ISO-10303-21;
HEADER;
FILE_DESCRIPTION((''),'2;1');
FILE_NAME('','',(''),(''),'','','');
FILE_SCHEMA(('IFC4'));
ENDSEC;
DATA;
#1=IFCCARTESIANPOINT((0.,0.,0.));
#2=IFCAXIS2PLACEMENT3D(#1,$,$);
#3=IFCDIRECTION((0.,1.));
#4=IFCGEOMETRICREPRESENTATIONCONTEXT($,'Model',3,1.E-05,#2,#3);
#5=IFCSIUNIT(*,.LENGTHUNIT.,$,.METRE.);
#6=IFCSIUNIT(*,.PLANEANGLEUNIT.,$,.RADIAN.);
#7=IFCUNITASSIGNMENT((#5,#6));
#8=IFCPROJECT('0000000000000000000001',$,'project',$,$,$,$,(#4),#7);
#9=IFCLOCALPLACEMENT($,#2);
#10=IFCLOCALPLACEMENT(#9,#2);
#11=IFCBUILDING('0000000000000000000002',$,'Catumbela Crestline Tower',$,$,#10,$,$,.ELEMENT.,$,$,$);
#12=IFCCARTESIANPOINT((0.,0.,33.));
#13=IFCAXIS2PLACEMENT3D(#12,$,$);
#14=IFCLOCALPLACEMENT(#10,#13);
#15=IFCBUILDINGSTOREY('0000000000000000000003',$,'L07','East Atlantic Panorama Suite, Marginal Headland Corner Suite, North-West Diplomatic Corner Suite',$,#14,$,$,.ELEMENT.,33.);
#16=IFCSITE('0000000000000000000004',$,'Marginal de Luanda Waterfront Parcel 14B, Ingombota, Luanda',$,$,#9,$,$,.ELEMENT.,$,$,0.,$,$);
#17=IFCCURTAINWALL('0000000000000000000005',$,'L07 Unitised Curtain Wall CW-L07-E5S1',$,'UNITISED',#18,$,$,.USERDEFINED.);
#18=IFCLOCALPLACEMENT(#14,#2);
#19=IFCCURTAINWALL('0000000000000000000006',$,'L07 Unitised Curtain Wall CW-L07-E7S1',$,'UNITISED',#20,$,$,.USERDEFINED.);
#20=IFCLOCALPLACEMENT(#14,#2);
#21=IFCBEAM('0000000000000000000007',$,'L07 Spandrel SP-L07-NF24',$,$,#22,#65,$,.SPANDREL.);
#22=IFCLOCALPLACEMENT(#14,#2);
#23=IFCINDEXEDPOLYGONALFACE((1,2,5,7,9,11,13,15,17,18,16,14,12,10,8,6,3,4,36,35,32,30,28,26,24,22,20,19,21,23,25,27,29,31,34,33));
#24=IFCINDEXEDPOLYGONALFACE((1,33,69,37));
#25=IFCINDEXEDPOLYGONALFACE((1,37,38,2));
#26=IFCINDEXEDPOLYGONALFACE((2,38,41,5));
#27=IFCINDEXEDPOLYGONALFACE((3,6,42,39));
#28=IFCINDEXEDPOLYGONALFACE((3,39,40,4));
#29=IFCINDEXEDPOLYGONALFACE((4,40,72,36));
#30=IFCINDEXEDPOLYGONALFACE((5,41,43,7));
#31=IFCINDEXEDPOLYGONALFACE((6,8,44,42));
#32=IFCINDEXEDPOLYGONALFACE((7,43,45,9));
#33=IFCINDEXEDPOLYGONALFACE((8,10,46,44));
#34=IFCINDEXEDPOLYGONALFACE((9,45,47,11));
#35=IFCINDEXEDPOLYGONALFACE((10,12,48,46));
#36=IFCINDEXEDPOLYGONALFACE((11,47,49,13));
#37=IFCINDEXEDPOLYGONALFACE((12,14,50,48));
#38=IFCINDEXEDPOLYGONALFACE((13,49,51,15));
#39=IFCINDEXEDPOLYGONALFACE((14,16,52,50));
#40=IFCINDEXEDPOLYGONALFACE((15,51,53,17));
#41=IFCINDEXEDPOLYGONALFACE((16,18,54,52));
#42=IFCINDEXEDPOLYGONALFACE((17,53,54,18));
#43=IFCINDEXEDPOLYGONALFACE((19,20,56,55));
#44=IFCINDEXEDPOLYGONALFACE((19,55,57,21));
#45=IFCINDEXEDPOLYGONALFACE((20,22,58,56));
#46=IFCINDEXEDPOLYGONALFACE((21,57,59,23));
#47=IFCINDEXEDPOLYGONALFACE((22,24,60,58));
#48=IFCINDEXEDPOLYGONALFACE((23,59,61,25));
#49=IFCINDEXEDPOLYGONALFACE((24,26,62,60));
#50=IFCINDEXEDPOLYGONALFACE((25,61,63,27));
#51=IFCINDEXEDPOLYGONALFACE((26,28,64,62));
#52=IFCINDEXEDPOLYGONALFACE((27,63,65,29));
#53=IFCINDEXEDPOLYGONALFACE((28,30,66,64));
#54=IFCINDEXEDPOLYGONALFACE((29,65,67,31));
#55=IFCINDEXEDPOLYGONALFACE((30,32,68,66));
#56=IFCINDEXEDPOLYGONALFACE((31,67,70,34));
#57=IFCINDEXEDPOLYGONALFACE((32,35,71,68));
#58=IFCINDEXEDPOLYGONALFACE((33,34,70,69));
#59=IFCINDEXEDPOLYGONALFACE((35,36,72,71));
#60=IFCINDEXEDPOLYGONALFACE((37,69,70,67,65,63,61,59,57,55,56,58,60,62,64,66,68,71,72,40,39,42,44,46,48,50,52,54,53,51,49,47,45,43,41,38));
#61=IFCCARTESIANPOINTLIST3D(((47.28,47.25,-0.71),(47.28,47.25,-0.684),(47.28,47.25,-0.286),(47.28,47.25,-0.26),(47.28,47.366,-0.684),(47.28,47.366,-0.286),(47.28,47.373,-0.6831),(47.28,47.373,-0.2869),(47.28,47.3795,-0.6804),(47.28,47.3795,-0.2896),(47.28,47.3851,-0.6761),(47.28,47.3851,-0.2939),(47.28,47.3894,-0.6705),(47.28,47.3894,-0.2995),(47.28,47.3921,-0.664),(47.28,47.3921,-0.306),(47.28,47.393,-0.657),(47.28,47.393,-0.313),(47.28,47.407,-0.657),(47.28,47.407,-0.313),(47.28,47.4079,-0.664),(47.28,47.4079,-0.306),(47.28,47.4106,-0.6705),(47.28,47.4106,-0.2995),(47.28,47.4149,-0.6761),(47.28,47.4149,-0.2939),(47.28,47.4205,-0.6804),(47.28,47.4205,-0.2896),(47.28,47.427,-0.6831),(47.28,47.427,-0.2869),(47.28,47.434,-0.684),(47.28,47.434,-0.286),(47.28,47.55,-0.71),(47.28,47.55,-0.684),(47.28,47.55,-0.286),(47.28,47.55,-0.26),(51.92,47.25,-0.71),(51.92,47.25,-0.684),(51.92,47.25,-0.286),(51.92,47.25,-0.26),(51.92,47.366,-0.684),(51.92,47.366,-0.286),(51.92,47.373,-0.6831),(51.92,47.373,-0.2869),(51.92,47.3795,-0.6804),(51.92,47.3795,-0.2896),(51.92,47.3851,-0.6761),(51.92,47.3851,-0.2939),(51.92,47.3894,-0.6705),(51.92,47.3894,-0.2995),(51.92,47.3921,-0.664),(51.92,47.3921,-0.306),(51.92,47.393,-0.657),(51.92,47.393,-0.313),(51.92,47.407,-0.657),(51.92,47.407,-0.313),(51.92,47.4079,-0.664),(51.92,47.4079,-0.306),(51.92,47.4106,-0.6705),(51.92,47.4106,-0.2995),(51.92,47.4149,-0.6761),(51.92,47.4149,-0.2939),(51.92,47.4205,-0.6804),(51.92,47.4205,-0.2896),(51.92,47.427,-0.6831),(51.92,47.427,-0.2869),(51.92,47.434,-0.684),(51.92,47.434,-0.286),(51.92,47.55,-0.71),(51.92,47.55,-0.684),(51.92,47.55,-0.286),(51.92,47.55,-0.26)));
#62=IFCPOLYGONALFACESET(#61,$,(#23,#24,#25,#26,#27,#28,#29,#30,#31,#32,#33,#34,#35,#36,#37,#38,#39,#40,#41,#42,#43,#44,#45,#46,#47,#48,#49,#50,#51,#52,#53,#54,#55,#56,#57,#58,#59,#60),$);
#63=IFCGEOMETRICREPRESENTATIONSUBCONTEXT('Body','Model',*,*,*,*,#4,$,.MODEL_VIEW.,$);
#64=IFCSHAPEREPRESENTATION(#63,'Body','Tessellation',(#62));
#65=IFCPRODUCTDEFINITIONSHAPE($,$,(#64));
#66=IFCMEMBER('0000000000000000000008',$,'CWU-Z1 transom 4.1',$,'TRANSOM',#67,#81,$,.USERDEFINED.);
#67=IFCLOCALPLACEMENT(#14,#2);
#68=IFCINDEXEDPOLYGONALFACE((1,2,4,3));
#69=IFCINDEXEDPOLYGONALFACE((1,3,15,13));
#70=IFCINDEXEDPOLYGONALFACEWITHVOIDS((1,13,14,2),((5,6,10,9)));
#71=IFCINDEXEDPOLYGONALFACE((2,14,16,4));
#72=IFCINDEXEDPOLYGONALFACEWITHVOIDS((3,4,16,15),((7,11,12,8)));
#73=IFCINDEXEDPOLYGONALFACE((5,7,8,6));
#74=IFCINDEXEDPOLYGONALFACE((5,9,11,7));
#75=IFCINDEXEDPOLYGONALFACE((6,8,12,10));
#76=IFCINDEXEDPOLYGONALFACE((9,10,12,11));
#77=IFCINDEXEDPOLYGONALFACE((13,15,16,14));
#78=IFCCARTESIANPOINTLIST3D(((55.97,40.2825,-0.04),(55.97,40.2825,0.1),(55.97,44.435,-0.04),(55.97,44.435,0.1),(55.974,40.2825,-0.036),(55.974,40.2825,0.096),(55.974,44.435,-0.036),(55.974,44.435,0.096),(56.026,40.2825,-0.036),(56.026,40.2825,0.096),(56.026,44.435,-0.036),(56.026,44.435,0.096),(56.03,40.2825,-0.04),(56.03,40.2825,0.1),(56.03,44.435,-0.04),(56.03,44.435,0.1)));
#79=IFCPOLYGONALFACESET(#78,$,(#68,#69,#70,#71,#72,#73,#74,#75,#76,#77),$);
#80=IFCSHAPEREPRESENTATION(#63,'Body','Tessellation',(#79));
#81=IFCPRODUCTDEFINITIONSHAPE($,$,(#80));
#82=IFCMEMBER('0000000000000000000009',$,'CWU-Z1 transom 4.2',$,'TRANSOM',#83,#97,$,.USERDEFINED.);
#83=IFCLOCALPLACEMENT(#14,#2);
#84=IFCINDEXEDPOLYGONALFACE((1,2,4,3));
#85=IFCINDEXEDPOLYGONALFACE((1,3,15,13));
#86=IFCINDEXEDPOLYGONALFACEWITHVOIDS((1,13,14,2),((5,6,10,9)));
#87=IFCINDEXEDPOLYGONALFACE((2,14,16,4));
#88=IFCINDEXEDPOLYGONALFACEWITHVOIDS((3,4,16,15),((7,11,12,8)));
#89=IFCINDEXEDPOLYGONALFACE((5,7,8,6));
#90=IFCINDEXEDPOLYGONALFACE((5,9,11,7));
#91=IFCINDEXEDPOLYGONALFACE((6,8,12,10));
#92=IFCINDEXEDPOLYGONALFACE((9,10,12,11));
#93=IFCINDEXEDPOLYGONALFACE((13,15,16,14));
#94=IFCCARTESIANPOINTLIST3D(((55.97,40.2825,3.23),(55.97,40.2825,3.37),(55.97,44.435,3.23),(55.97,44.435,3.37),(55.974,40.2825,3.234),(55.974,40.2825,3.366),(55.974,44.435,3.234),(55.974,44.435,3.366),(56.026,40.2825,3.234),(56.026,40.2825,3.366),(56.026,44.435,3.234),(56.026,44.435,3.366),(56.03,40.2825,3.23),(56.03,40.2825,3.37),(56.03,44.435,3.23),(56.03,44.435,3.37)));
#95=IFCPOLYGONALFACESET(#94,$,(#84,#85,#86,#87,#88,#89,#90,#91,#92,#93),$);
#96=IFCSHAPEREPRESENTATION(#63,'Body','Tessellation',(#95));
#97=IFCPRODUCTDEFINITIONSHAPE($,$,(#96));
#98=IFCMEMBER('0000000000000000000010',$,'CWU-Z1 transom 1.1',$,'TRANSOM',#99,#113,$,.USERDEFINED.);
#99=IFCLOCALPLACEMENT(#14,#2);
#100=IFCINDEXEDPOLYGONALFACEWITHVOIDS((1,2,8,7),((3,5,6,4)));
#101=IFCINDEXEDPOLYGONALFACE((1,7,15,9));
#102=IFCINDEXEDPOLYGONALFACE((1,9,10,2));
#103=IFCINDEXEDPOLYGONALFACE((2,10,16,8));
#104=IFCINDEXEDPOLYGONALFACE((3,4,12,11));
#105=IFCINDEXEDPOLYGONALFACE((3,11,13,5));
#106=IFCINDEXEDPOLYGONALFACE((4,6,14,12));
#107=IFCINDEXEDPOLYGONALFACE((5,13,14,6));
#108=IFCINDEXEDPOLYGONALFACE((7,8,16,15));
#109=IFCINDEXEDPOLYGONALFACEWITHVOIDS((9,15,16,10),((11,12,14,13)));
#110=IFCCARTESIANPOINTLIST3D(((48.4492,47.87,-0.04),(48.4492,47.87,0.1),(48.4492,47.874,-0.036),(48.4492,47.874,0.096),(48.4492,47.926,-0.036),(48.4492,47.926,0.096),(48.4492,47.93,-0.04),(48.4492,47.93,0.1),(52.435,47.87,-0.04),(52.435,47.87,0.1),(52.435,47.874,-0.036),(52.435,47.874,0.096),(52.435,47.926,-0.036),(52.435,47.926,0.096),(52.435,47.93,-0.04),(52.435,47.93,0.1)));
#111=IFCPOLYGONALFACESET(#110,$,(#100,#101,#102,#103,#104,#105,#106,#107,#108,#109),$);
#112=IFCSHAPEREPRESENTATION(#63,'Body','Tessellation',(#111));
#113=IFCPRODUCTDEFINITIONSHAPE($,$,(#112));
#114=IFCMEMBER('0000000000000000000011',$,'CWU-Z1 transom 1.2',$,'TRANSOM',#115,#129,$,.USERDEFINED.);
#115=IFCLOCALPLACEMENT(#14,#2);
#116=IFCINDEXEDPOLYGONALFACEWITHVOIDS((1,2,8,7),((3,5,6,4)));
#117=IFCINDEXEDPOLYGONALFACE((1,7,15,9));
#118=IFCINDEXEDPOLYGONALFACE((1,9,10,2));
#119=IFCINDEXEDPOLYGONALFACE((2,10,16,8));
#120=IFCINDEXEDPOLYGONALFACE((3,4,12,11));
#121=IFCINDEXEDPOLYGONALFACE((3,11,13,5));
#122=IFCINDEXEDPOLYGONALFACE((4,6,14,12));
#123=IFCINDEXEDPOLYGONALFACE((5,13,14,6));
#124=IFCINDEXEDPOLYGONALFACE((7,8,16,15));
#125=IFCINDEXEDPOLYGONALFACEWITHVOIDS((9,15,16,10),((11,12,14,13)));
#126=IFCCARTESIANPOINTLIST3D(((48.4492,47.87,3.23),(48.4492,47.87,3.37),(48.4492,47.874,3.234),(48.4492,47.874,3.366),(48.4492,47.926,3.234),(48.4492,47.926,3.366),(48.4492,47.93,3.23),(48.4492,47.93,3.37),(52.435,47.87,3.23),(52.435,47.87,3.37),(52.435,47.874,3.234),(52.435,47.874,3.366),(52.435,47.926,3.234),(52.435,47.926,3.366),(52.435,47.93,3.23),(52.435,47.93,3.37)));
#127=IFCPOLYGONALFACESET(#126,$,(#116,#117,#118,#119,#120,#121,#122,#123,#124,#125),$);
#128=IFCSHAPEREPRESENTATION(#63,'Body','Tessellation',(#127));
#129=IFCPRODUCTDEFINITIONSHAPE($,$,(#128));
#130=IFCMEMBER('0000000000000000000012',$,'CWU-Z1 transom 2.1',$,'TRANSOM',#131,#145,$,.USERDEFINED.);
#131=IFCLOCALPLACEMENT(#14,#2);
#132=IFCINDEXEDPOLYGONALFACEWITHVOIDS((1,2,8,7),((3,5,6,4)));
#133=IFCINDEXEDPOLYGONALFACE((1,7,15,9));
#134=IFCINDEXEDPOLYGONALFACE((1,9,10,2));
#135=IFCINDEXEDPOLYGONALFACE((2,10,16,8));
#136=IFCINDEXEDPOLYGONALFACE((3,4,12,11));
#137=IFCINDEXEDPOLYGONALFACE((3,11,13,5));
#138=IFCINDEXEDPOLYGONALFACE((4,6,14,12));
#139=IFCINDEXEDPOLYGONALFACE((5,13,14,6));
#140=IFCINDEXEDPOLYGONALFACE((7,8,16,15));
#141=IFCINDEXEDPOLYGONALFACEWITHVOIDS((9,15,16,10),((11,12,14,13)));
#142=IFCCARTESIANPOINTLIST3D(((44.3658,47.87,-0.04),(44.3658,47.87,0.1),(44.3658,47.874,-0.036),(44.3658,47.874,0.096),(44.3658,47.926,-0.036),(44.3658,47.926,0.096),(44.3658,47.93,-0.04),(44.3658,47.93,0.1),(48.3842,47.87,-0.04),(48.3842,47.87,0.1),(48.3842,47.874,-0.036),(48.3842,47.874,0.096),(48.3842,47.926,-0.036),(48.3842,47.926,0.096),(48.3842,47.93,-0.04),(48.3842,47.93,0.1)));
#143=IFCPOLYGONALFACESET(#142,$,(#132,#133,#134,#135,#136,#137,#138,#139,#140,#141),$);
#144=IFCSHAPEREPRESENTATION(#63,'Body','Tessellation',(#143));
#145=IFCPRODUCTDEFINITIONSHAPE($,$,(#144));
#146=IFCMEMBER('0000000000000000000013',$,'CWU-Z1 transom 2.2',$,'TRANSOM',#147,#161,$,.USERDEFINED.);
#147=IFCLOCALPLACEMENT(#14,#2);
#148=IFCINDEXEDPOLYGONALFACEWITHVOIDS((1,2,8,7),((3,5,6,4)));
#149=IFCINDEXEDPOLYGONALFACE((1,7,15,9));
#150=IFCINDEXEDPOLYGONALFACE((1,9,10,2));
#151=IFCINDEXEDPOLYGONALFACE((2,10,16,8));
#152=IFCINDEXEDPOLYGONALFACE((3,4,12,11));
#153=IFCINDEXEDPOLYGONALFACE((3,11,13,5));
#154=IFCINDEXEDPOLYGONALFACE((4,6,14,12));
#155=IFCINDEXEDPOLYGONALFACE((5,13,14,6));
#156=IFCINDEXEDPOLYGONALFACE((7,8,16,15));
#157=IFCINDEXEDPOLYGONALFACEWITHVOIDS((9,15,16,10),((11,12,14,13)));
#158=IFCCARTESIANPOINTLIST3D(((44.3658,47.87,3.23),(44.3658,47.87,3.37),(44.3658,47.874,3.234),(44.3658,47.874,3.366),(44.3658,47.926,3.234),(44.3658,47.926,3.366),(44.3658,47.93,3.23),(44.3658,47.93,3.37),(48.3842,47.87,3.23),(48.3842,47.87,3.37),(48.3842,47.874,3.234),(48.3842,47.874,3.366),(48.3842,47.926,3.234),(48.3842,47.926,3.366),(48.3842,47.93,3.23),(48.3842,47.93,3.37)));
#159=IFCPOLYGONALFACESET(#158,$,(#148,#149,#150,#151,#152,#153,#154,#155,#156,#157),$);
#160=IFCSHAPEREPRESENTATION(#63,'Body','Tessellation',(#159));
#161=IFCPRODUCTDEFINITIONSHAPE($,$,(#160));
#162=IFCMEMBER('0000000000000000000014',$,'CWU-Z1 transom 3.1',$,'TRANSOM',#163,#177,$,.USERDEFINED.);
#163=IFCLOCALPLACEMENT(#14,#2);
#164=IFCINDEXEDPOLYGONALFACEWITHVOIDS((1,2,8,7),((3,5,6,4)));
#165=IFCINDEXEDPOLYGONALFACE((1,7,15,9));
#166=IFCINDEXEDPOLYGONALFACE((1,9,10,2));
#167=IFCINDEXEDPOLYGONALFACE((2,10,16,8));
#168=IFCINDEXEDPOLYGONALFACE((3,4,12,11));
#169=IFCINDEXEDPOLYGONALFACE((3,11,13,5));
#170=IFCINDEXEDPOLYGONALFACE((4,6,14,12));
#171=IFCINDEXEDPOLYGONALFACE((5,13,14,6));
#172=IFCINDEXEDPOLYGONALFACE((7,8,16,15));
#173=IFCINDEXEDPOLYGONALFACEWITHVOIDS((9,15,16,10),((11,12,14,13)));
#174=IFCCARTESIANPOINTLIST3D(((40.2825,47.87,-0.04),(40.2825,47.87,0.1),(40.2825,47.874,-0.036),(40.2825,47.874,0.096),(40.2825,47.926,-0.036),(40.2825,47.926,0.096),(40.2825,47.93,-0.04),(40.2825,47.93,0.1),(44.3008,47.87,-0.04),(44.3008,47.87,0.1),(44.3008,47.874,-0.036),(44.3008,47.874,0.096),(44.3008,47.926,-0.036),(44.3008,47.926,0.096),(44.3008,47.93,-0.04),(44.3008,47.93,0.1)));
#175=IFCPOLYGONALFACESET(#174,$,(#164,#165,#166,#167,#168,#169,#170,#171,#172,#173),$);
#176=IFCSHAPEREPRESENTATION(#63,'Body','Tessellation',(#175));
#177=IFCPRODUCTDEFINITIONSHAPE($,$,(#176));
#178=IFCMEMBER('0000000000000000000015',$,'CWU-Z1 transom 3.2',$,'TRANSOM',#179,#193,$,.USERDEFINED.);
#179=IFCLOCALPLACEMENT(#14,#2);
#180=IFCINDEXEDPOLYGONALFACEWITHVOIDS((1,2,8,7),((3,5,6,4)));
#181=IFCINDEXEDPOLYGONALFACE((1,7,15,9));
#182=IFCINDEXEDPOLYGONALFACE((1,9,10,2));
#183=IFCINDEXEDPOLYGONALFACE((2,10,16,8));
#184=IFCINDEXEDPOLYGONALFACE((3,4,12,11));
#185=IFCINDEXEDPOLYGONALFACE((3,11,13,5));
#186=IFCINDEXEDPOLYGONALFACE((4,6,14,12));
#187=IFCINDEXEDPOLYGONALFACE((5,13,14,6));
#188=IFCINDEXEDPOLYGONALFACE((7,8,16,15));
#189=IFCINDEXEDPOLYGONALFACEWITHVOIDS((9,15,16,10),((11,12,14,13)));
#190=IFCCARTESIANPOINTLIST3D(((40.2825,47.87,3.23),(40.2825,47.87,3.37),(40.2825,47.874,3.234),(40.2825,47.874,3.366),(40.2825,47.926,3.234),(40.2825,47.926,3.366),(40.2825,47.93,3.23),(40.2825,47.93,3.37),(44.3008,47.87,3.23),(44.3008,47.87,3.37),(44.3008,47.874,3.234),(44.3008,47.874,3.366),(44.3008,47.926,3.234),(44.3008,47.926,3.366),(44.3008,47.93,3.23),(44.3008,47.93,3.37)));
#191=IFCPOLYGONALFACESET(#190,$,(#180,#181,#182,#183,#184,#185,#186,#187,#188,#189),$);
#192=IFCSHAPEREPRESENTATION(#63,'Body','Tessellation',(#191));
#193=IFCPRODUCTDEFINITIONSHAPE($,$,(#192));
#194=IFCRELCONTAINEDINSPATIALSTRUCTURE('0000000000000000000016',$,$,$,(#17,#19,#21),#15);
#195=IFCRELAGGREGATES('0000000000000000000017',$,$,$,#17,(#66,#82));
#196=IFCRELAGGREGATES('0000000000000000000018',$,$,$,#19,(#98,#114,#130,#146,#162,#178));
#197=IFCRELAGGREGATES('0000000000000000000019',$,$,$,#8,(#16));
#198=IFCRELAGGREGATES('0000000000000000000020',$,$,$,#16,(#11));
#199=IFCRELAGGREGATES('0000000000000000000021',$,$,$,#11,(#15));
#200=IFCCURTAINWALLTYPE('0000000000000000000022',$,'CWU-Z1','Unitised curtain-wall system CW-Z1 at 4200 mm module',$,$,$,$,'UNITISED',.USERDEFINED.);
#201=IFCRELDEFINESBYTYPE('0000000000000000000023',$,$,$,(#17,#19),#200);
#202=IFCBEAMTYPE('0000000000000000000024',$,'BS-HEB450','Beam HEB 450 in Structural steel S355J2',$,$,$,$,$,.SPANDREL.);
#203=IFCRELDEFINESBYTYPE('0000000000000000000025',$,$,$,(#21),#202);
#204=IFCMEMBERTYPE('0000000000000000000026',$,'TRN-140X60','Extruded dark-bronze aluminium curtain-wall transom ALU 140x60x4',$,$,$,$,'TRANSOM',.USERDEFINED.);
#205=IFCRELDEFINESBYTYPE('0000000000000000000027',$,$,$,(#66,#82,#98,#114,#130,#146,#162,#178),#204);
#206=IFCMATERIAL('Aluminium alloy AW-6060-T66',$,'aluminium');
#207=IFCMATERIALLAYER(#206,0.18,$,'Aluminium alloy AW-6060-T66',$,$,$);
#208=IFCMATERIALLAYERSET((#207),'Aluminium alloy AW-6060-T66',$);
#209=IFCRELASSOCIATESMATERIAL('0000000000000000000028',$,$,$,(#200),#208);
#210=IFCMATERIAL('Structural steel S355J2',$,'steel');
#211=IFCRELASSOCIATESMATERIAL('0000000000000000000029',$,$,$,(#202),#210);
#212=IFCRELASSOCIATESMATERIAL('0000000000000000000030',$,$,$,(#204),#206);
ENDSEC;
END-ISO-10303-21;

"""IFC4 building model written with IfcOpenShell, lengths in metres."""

from ifc_helpers import new_model, si_unit, direction, frame, origin, origin_2d, place, context, subcontext, project, spatial, hollow_rectangle, i_section, extrude, material, layer, layer_set, material_profile, profile_set, type_object, element, aggregate, save


model = new_model("IFC4")

# Units and contexts
model_context = context("Model", 3, precision=1e-05, world=origin(), true_north=direction((0.0, 1.0)))
body_context = subcontext(model_context, "Body", "Model", "MODEL_VIEW")
ifc_project = project(units=[si_unit("LENGTHUNIT", "METRE"), si_unit("PLANEANGLEUNIT", "RADIAN")], contexts=[model_context])

# Site, building, storey
site_placement = place(None, origin())
site = spatial("IfcSite", under=ifc_project, at=site_placement, Name="Marginal de Luanda Waterfront Parcel 14B, Ingombota, Luanda", CompositionType="ELEMENT", RefElevation=0.0)
building_placement = place(site_placement, origin())
building = spatial("IfcBuilding", under=site, at=building_placement, Name="Catumbela Crestline Tower", CompositionType="ELEMENT")
storey_placement = place(building_placement, frame((0.0, 0.0, 33.0)))
storey = spatial("IfcBuildingStorey", under=building, at=storey_placement, Name="L07", Description="East Atlantic Panorama Suite, Marginal Headland Corner Suite, North-West Diplomatic Corner Suite", CompositionType="ELEMENT", Elevation=33.0)

# Curtain wall
ifc_material_1 = material(Name="Aluminium alloy AW-6060-T66", Category="aluminium")
ifc_layer_1 = layer(ifc_material_1, 0.18, Name="Aluminium alloy AW-6060-T66")
ifc_layer_set_1 = layer_set([ifc_layer_1], Name="Aluminium alloy AW-6060-T66")
curtain_wall_type = type_object("IfcCurtainWallType", Name="CWU-Z1", Description="Unitised curtain-wall system CW-Z1 at 4200 mm module", ElementType="UNITISED", PredefinedType="USERDEFINED", material=ifc_layer_set_1)
curtain_wall_1_placement = place(storey_placement, origin())
curtain_wall_1 = element("IfcCurtainWall", 1, at=curtain_wall_1_placement, inside=storey, type_object=curtain_wall_type, Name="L07 Unitised Curtain Wall CW-L07-E5S1", ObjectType="UNITISED", PredefinedType="USERDEFINED")

# Curtain wall
curtain_wall_2_placement = place(storey_placement, origin())
curtain_wall_2 = element("IfcCurtainWall", 2, at=curtain_wall_2_placement, inside=storey, type_object=curtain_wall_type, Name="L07 Unitised Curtain Wall CW-L07-E7S1", ObjectType="UNITISED", PredefinedType="USERDEFINED")

# Beam
ifc_material_2 = material(Name="Structural steel S355J2", Category="steel")
ifc_material_profile_1 = material_profile(ifc_material_2, i_section(OverallWidth=0.3, OverallDepth=0.45, WebThickness=0.014, FlangeThickness=0.026, FilletRadius=0.027, at=origin_2d()), Name="HEB 450")
ifc_profile_set_1 = profile_set([ifc_material_profile_1], Name="Structural steel S355J2")
beam_type = type_object("IfcBeamType", Name="BS-HEB450", Description="Beam HEB 450 in Structural steel S355J2", PredefinedType="SPANDREL", material=ifc_profile_set_1)
beam_placement = place(storey_placement, frame((47.28, 47.4, -0.485), z_axis=(1.0, 0.0, 0.0), x_axis=(0.0, 1.0, 0.0)))
element("IfcBeam", 3, at=beam_placement, inside=storey, type_object=beam_type, Name="L07 Spandrel SP-L07-NF24", PredefinedType="SPANDREL", context=body_context, shape_type="SweptSolid", body=[
    extrude(i_section(OverallWidth=0.3, OverallDepth=0.45, WebThickness=0.014, FlangeThickness=0.026, FilletRadius=0.027, at=origin_2d()), origin(), (0.0, 0.0, 1.0), 4.64),
])

# Members
ifc_material_profile_2 = material_profile(ifc_material_1, hollow_rectangle(XDim=0.06, YDim=0.14, WallThickness=0.004, at=origin_2d()), Name="ALU 140x60x4")
ifc_profile_set_2 = profile_set([ifc_material_profile_2], Name="Aluminium alloy AW-6060-T66")
member_type_1 = type_object("IfcMemberType", Name="TRN-140X60", Description="Extruded dark-bronze aluminium curtain-wall transom ALU 140x60x4", ElementType="TRANSOM", PredefinedType="USERDEFINED", material=ifc_profile_set_2)
member_1_placement = place(storey_placement, frame((56.0, 40.2825, 0.03), z_axis=(0.0, 1.0, 0.0), x_axis=(-1.0, 0.0, 0.0)))
member_1 = element("IfcMember", 4, at=member_1_placement, type_object=member_type_1, Name="CWU-Z1 transom 4.1", ObjectType="TRANSOM", PredefinedType="USERDEFINED", context=body_context, shape_type="SweptSolid", body=[
    extrude(hollow_rectangle(XDim=0.06, YDim=0.14, WallThickness=0.004, at=origin_2d()), origin(), (0.0, 0.0, 1.0), 4.1525),
])
member_2_placement = place(storey_placement, frame((56.0, 40.2825, 3.3), z_axis=(0.0, 1.0, 0.0), x_axis=(-1.0, 0.0, 0.0)))
member_2 = element("IfcMember", 5, at=member_2_placement, type_object=member_type_1, Name="CWU-Z1 transom 4.2", ObjectType="TRANSOM", PredefinedType="USERDEFINED", context=body_context, shape_type="SweptSolid", body=[
    extrude(hollow_rectangle(XDim=0.06, YDim=0.14, WallThickness=0.004, at=origin_2d()), origin(), (0.0, 0.0, 1.0), 4.1525),
])
member_3_placement = place(storey_placement, frame((52.435, 47.9, 0.03), z_axis=(-1.0, 0.0, 0.0), x_axis=(0.0, -1.0, 0.0)))
member_3 = element("IfcMember", 6, at=member_3_placement, type_object=member_type_1, Name="CWU-Z1 transom 1.1", ObjectType="TRANSOM", PredefinedType="USERDEFINED", context=body_context, shape_type="SweptSolid", body=[
    extrude(hollow_rectangle(XDim=0.06, YDim=0.14, WallThickness=0.004, at=origin_2d()), origin(), (0.0, 0.0, 1.0), 3.9858),
])
member_4_placement = place(storey_placement, frame((52.435, 47.9, 3.3), z_axis=(-1.0, 0.0, 0.0), x_axis=(0.0, -1.0, 0.0)))
member_4 = element("IfcMember", 7, at=member_4_placement, type_object=member_type_1, Name="CWU-Z1 transom 1.2", ObjectType="TRANSOM", PredefinedType="USERDEFINED", context=body_context, shape_type="SweptSolid", body=[
    extrude(hollow_rectangle(XDim=0.06, YDim=0.14, WallThickness=0.004, at=origin_2d()), origin(), (0.0, 0.0, 1.0), 3.9858),
])
member_5_placement = place(storey_placement, frame((48.3842, 47.9, 0.03), z_axis=(-1.0, 0.0, 0.0), x_axis=(0.0, -1.0, 0.0)))
member_5 = element("IfcMember", 8, at=member_5_placement, type_object=member_type_1, Name="CWU-Z1 transom 2.1", ObjectType="TRANSOM", PredefinedType="USERDEFINED", context=body_context, shape_type="SweptSolid", body=[
    extrude(hollow_rectangle(XDim=0.06, YDim=0.14, WallThickness=0.004, at=origin_2d()), origin(), (0.0, 0.0, 1.0), 4.0184),
])
member_6_placement = place(storey_placement, frame((48.3842, 47.9, 3.3), z_axis=(-1.0, 0.0, 0.0), x_axis=(0.0, -1.0, 0.0)))
member_6 = element("IfcMember", 9, at=member_6_placement, type_object=member_type_1, Name="CWU-Z1 transom 2.2", ObjectType="TRANSOM", PredefinedType="USERDEFINED", context=body_context, shape_type="SweptSolid", body=[
    extrude(hollow_rectangle(XDim=0.06, YDim=0.14, WallThickness=0.004, at=origin_2d()), origin(), (0.0, 0.0, 1.0), 4.0184),
])
member_7_placement = place(storey_placement, frame((44.3008, 47.9, 0.03), z_axis=(-1.0, 0.0, 0.0), x_axis=(0.0, -1.0, 0.0)))
member_7 = element("IfcMember", 10, at=member_7_placement, type_object=member_type_1, Name="CWU-Z1 transom 3.1", ObjectType="TRANSOM", PredefinedType="USERDEFINED", context=body_context, shape_type="SweptSolid", body=[
    extrude(hollow_rectangle(XDim=0.06, YDim=0.14, WallThickness=0.004, at=origin_2d()), origin(), (0.0, 0.0, 1.0), 4.0183),
])
member_8_placement = place(storey_placement, frame((44.3008, 47.9, 3.3), z_axis=(-1.0, 0.0, 0.0), x_axis=(0.0, -1.0, 0.0)))
member_8 = element("IfcMember", 11, at=member_8_placement, type_object=member_type_1, Name="CWU-Z1 transom 3.2", ObjectType="TRANSOM", PredefinedType="USERDEFINED", context=body_context, shape_type="SweptSolid", body=[
    extrude(hollow_rectangle(XDim=0.06, YDim=0.14, WallThickness=0.004, at=origin_2d()), origin(), (0.0, 0.0, 1.0), 4.0183),
])

aggregate(curtain_wall_1, [member_1, member_2])
aggregate(curtain_wall_2, [member_3, member_4, member_5, member_6, member_7, member_8])

save(model, "model.ifc")
